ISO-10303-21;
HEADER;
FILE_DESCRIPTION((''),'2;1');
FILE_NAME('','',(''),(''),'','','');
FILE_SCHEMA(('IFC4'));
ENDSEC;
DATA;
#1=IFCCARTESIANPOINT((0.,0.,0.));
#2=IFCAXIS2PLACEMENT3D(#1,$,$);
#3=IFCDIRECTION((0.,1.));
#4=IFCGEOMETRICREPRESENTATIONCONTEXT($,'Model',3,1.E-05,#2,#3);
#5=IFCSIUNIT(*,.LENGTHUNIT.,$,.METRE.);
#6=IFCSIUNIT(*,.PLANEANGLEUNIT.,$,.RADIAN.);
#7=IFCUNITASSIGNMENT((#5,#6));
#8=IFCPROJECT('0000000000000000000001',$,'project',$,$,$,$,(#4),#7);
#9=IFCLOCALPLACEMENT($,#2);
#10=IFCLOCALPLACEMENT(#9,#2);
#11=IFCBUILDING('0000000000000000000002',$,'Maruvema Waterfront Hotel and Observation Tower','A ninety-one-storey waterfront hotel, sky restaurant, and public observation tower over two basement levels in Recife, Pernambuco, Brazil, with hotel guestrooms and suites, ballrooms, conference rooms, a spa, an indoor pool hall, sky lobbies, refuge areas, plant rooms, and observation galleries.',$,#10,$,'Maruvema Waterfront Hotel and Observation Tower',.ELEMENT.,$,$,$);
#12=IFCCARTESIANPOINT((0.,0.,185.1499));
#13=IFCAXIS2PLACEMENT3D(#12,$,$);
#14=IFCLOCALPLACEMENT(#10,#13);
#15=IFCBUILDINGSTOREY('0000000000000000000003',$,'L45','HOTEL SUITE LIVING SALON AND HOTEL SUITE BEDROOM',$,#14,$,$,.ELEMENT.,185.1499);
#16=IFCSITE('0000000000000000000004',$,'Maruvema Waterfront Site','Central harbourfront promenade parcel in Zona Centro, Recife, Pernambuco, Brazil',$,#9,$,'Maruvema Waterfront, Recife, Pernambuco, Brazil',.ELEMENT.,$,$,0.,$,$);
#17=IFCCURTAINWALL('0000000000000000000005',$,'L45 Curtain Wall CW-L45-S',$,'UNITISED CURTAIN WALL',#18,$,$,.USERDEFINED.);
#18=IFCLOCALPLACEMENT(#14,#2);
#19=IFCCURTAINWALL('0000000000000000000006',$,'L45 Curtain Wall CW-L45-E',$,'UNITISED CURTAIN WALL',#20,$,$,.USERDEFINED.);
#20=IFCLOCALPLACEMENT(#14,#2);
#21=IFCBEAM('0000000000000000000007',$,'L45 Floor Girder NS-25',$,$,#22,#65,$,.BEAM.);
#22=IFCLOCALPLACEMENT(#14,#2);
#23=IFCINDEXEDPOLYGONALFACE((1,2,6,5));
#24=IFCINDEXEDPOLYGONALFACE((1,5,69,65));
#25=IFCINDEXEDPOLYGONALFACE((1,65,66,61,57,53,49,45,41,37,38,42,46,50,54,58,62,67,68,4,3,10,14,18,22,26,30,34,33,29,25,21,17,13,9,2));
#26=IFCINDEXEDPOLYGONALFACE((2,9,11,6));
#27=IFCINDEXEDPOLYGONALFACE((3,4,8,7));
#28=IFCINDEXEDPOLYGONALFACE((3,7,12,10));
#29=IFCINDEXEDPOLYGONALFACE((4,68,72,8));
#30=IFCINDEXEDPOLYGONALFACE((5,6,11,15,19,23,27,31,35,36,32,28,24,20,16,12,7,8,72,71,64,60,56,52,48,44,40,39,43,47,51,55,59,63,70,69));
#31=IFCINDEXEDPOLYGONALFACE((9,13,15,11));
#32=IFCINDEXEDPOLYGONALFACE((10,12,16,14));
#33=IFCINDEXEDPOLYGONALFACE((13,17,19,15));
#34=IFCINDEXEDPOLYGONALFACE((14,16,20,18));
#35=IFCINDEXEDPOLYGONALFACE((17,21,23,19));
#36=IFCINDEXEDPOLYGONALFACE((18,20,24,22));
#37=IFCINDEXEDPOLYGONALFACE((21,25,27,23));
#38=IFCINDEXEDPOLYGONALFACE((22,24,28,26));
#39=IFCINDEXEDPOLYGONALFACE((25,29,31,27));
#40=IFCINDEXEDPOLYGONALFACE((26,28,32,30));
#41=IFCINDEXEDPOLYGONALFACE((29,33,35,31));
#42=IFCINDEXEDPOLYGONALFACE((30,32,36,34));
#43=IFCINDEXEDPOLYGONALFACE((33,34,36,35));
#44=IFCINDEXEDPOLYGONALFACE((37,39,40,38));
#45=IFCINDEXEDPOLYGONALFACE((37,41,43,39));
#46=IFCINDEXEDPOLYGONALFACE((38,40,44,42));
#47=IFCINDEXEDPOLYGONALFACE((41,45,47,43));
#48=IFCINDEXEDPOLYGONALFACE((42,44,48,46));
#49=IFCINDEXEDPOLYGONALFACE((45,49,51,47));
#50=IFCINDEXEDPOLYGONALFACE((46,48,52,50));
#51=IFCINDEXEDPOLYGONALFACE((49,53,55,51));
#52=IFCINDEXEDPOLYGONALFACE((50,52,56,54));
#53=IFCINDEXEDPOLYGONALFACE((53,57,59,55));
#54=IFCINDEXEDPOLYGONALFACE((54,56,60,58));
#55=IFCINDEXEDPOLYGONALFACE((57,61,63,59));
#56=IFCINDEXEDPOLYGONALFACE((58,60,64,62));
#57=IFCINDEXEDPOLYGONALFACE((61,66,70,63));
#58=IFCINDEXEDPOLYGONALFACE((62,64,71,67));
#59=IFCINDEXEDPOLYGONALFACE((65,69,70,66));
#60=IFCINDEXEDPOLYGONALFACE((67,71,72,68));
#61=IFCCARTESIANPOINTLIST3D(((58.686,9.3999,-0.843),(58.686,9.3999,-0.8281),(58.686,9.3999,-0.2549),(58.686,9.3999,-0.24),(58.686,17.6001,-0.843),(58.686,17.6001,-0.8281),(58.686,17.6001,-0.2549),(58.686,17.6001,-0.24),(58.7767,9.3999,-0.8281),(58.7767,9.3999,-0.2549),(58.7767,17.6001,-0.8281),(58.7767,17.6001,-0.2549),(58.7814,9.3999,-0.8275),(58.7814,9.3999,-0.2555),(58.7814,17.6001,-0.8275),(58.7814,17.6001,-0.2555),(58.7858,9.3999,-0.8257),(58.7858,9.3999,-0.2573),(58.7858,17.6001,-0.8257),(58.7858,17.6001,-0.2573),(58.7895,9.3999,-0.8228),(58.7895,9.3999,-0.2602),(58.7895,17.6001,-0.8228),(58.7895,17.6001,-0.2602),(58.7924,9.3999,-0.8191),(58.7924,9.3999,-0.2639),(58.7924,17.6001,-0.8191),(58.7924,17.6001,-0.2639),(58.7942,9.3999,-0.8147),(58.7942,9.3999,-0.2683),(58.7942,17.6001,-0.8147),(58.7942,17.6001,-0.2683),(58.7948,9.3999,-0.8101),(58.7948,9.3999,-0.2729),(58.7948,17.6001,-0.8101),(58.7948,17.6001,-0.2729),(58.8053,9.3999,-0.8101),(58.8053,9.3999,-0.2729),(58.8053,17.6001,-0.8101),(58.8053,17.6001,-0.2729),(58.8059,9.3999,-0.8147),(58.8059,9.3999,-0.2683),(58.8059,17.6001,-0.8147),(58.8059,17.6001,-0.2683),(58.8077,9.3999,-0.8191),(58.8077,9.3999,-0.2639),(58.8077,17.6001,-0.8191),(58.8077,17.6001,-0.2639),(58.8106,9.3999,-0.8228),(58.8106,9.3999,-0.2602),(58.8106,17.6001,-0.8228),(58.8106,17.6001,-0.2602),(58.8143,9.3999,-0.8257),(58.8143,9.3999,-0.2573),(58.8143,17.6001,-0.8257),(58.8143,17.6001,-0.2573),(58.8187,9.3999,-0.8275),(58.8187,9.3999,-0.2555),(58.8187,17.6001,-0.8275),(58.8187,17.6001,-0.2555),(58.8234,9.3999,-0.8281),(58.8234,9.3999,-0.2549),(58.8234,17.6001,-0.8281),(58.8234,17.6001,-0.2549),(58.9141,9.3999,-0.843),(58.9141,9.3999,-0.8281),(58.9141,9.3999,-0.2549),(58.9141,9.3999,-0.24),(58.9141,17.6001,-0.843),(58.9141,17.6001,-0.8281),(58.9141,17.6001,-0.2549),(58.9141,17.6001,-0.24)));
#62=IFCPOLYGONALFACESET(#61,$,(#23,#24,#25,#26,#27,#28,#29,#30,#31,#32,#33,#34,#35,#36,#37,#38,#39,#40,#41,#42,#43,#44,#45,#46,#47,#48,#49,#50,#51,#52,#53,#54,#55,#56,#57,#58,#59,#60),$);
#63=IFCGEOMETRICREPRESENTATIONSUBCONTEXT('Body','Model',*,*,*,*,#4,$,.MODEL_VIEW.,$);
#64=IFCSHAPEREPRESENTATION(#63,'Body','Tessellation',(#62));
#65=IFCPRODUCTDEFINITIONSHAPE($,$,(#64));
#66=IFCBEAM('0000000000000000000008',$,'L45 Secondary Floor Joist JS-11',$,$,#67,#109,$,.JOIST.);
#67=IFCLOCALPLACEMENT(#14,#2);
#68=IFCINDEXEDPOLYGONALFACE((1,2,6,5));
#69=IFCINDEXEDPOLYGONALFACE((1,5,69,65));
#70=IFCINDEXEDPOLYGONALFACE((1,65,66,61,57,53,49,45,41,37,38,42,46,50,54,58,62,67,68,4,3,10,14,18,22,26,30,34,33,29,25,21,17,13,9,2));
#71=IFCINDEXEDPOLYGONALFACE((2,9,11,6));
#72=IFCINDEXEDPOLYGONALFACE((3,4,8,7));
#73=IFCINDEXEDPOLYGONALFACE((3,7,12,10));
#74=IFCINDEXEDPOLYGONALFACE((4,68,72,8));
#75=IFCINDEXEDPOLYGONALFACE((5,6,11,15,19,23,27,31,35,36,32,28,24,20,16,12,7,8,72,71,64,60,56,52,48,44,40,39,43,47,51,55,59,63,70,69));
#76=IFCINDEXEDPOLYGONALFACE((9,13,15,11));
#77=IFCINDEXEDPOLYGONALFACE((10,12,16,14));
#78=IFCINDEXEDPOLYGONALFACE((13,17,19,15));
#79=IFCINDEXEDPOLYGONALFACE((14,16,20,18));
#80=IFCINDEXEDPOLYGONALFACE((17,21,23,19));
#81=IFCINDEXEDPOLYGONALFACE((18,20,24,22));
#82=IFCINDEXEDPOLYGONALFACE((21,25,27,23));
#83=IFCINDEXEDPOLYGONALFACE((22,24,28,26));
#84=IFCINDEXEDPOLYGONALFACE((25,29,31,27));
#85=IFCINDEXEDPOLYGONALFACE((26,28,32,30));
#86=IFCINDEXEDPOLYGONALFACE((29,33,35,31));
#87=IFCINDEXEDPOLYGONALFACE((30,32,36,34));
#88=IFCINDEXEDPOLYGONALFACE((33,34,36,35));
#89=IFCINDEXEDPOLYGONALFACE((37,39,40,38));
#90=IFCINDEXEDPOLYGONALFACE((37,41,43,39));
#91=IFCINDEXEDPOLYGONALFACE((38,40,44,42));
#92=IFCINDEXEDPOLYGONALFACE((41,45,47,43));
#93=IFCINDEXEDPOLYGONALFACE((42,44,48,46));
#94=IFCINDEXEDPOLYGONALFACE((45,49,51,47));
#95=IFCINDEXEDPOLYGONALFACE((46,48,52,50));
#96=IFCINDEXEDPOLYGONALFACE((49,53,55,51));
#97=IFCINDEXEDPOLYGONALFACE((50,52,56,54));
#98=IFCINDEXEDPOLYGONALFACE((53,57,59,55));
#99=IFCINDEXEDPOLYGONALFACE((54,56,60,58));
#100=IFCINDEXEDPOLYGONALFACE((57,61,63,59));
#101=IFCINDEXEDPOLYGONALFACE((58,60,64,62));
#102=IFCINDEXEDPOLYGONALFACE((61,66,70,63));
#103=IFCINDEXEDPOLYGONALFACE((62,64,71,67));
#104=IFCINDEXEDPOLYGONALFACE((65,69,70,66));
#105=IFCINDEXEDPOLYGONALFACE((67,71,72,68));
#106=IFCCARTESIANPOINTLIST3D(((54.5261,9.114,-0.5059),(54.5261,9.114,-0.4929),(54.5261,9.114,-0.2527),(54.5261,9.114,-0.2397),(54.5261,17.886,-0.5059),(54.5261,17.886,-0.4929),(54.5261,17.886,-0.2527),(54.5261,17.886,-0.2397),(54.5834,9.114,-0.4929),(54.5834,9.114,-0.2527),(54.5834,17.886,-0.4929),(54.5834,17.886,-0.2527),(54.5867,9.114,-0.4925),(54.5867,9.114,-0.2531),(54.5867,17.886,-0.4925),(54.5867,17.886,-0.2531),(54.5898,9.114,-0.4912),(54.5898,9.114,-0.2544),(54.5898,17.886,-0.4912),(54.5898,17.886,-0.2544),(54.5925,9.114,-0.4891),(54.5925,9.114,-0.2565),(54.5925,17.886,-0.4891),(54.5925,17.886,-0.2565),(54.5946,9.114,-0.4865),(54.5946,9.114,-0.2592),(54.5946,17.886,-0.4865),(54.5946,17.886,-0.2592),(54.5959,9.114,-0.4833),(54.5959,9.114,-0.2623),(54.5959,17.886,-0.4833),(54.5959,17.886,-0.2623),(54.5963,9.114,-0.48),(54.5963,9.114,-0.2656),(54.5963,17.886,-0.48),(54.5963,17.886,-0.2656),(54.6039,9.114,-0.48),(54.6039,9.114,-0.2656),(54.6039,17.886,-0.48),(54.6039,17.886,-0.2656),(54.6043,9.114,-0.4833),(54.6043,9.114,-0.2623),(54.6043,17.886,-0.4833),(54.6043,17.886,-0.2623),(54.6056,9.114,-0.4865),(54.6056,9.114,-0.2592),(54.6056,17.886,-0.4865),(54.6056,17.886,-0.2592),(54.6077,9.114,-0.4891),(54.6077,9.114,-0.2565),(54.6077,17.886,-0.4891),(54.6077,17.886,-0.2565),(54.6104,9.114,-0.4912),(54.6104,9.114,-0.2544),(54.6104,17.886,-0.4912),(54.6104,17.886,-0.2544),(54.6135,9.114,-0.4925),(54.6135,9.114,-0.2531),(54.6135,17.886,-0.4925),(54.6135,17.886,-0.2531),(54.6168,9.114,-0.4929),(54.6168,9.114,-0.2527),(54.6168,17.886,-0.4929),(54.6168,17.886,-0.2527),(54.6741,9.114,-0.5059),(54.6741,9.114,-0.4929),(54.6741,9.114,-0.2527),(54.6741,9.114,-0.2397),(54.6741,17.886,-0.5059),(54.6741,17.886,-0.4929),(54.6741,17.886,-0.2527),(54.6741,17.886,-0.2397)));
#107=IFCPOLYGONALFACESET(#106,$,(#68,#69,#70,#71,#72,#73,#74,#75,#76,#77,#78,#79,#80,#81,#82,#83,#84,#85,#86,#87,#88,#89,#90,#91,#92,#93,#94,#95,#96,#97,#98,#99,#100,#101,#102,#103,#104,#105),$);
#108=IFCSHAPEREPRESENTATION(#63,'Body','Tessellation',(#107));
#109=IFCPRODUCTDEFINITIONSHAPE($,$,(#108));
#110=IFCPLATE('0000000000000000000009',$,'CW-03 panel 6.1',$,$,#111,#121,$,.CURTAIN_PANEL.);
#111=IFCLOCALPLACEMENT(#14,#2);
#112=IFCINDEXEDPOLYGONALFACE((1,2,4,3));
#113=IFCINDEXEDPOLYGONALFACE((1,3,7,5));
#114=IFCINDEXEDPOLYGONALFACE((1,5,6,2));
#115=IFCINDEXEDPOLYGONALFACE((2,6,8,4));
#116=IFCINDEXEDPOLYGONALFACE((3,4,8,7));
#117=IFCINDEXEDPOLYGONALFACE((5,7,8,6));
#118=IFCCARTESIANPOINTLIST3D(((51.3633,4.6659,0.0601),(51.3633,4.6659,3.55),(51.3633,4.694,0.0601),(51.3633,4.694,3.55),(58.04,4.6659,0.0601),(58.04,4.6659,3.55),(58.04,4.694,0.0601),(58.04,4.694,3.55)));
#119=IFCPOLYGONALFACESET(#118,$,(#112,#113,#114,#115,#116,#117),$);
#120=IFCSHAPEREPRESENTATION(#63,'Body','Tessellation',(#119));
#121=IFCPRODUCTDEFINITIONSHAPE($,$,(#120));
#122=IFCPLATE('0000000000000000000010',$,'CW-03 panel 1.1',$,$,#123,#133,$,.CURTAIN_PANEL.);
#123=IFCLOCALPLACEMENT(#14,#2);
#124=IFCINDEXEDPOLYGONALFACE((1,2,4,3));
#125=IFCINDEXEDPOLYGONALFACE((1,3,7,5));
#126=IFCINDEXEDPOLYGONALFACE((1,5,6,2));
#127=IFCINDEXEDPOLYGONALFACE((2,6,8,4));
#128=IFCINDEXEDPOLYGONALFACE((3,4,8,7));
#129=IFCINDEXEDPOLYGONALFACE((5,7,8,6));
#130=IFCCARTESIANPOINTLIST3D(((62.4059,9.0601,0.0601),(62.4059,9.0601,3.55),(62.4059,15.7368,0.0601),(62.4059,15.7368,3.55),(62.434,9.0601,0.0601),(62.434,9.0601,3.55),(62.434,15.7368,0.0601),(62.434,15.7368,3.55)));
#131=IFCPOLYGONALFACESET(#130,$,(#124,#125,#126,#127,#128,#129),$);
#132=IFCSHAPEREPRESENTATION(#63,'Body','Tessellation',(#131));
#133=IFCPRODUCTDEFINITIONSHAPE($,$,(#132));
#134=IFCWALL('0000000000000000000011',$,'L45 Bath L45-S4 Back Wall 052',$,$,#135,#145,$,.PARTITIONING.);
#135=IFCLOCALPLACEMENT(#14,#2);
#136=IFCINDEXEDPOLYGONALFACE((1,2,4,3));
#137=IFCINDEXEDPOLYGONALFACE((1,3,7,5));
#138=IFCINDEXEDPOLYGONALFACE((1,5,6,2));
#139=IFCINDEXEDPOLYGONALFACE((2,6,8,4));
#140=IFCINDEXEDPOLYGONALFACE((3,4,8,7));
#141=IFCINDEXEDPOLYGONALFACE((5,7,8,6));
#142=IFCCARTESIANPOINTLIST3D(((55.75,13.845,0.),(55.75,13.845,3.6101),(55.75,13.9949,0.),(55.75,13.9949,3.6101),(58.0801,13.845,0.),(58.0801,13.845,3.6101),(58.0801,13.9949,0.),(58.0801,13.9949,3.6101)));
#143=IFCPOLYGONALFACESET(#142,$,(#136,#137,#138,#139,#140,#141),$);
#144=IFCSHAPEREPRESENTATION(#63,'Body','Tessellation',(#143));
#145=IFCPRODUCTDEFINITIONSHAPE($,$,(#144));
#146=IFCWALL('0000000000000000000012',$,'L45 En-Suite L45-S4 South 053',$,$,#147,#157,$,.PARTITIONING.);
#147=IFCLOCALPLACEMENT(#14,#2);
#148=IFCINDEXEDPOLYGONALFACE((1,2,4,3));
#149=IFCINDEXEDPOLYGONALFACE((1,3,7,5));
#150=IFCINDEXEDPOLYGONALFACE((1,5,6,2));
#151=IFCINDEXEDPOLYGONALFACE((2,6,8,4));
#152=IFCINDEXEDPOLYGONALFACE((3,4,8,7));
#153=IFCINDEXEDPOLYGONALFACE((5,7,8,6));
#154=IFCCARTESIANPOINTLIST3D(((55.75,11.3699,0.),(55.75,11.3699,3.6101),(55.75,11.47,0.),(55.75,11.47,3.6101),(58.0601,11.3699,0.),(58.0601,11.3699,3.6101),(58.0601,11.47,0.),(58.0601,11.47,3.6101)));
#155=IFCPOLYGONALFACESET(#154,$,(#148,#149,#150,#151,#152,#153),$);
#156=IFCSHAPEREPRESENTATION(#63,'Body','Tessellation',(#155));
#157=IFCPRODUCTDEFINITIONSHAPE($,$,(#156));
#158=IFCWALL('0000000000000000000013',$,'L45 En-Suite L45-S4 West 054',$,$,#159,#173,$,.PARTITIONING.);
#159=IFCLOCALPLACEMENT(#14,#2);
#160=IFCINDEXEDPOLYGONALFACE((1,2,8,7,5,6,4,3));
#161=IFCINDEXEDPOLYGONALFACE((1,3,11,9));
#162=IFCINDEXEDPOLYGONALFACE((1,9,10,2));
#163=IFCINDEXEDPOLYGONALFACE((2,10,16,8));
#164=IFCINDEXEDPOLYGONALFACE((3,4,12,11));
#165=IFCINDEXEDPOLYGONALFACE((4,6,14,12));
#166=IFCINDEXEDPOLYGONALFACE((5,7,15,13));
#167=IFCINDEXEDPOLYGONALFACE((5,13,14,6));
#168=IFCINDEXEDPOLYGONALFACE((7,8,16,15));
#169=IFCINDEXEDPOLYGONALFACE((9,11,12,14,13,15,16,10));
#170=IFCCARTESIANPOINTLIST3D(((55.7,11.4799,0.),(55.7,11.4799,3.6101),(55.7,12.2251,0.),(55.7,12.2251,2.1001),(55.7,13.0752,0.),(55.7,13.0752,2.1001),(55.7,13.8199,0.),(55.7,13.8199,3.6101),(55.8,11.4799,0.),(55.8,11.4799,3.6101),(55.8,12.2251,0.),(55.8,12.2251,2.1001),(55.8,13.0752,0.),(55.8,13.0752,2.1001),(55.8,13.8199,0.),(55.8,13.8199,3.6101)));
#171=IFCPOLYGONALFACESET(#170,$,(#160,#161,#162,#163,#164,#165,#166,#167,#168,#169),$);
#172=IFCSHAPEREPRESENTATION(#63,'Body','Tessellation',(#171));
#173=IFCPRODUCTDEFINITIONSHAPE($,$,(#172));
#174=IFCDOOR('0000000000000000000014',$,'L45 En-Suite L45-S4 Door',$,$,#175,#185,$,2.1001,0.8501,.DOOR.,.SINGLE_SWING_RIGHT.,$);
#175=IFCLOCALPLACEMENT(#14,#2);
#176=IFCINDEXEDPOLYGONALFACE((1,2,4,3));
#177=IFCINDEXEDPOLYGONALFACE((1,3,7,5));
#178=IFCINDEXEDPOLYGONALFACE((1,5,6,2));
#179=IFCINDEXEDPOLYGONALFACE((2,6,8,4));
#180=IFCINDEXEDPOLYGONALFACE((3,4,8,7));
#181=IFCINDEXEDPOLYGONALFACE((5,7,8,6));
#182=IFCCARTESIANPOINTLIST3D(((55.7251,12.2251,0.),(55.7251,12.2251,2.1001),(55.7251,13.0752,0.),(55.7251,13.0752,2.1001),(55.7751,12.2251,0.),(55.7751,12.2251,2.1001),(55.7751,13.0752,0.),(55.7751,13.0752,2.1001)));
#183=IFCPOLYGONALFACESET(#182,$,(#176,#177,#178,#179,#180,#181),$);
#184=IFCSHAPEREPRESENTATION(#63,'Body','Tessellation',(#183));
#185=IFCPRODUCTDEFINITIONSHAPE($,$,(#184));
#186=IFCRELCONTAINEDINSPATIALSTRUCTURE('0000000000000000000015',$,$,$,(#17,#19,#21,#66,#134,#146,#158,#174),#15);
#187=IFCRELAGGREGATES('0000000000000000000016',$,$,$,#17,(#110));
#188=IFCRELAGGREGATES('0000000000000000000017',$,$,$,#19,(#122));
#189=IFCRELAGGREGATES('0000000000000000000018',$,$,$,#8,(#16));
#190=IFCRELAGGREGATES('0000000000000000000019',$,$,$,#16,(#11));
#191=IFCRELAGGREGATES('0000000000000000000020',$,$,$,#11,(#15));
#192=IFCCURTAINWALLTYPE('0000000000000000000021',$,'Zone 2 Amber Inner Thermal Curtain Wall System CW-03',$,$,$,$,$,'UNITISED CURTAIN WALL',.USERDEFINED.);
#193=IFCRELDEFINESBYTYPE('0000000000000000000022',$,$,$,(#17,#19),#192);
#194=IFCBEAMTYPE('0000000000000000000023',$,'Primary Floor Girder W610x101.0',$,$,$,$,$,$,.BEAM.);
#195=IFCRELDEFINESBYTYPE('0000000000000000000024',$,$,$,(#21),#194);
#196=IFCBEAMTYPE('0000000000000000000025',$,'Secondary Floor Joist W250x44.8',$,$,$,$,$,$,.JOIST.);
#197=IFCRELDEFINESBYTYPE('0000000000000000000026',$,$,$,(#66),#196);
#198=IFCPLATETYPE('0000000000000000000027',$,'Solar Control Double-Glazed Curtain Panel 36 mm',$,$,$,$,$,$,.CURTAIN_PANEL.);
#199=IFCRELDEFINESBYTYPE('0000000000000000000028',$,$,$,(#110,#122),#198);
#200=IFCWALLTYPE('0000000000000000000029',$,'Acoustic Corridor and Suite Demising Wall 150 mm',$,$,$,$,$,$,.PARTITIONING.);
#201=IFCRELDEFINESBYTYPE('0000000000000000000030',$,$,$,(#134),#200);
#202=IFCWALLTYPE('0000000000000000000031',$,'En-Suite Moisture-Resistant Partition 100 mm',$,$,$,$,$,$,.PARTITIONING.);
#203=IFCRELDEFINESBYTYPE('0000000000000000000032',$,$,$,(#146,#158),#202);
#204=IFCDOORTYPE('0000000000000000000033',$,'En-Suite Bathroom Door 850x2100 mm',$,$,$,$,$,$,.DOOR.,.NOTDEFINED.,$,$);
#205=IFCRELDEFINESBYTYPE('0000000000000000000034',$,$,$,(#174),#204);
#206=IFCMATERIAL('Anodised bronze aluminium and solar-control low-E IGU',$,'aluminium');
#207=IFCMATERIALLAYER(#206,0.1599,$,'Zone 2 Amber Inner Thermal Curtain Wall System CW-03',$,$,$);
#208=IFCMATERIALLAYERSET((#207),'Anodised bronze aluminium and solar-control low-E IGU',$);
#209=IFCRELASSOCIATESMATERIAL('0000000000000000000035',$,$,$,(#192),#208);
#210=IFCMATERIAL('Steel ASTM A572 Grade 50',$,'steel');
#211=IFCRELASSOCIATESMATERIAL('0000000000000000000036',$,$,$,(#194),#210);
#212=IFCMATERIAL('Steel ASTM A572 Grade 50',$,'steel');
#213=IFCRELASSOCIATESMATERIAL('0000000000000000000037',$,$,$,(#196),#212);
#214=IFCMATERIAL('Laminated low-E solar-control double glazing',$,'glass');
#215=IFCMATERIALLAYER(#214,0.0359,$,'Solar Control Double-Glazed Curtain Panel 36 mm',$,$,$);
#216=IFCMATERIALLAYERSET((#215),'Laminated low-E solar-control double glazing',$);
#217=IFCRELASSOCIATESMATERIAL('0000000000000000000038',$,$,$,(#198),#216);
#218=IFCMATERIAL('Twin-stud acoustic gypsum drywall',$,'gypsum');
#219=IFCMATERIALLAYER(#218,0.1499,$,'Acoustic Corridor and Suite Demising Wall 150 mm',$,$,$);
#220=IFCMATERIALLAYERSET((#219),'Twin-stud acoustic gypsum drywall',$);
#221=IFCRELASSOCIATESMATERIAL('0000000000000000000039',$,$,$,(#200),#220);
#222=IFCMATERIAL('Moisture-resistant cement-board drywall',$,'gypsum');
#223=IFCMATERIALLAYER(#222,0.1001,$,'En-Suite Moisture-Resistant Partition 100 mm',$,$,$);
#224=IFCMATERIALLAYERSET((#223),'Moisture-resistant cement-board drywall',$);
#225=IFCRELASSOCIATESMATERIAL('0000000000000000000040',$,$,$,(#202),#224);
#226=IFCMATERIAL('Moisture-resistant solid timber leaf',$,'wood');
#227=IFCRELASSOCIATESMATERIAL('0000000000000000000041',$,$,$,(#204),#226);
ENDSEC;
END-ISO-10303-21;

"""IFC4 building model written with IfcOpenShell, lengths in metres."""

from ifc_helpers import new_model, si_unit, direction, frame, frame_2d, origin, origin_2d, place, context, subcontext, project, spatial, rectangle, i_section, extrude, material, layer, layer_set, material_profile, profile_set, type_object, element, fill, aggregate, save


model = new_model("IFC4")

# Units and contexts
model_context = context("Model", 3, precision=1e-05, world=origin(), true_north=direction((0.0, 1.0)))
body_context = subcontext(model_context, "Body", "Model", "MODEL_VIEW")
ifc_project = project(units=[si_unit("LENGTHUNIT", "METRE"), si_unit("PLANEANGLEUNIT", "RADIAN")], contexts=[model_context])

# Site, building, storey
site_placement = place(None, origin())
site = spatial("IfcSite", under=ifc_project, at=site_placement, Name="Maruvema Waterfront Site", Description="Central harbourfront promenade parcel in Zona Centro, Recife, Pernambuco, Brazil", LongName="Maruvema Waterfront, Recife, Pernambuco, Brazil", CompositionType="ELEMENT", RefElevation=0.0)
building_placement = place(site_placement, origin())
building = spatial("IfcBuilding", under=site, at=building_placement, Name="Maruvema Waterfront Hotel and Observation Tower", Description="A ninety-one-storey waterfront hotel, sky restaurant, and public observation tower over two basement levels in Recife, Pernambuco, Brazil, with hotel guestrooms and suites, ballrooms, conference rooms, a spa, an indoor pool hall, sky lobbies, refuge areas, plant rooms, and observation galleries.", LongName="Maruvema Waterfront Hotel and Observation Tower", CompositionType="ELEMENT")
storey_placement = place(building_placement, frame((0.0, 0.0, 185.1499)))
storey = spatial("IfcBuildingStorey", under=building, at=storey_placement, Name="L45", Description="HOTEL SUITE LIVING SALON AND HOTEL SUITE BEDROOM", CompositionType="ELEMENT", Elevation=185.1499)

# Curtain walls
ifc_material_1 = material(Name="Anodised bronze aluminium and solar-control low-E IGU", Category="aluminium")
ifc_layer_1 = layer(ifc_material_1, 0.1599, Name="Zone 2 Amber Inner Thermal Curtain Wall System CW-03")
ifc_layer_set_1 = layer_set([ifc_layer_1], Name="Anodised bronze aluminium and solar-control low-E IGU")
curtain_wall_type = type_object("IfcCurtainWallType", Name="Zone 2 Amber Inner Thermal Curtain Wall System CW-03", ElementType="UNITISED CURTAIN WALL", PredefinedType="USERDEFINED", material=ifc_layer_set_1)
curtain_wall_1_placement = place(storey_placement, origin())
curtain_wall_1 = element("IfcCurtainWall", 1, at=curtain_wall_1_placement, inside=storey, type_object=curtain_wall_type, Name="L45 Curtain Wall CW-L45-S", ObjectType="UNITISED CURTAIN WALL", PredefinedType="USERDEFINED")
curtain_wall_2_placement = place(storey_placement, origin())
curtain_wall_2 = element("IfcCurtainWall", 2, at=curtain_wall_2_placement, inside=storey, type_object=curtain_wall_type, Name="L45 Curtain Wall CW-L45-E", ObjectType="UNITISED CURTAIN WALL", PredefinedType="USERDEFINED")

# Beams
ifc_material_2 = material(Name="Steel ASTM A572 Grade 50", Category="steel")
ifc_material_profile_1 = material_profile(ifc_material_2, i_section(OverallWidth=0.228, OverallDepth=0.603, WebThickness=0.0105, FlangeThickness=0.0149, FilletRadius=0.0181, at=origin_2d()), Name="W610x101.0")
ifc_profile_set_1 = profile_set([ifc_material_profile_1], Name="Steel ASTM A572 Grade 50")
beam_type_1 = type_object("IfcBeamType", Name="Primary Floor Girder W610x101.0", PredefinedType="BEAM", material=ifc_profile_set_1)
beam_1_placement = place(storey_placement, frame((58.8, 9.3999, -0.5415), z_axis=(0.0, 1.0, 0.0), x_axis=(-1.0, 0.0, 0.0)))
element("IfcBeam", 3, at=beam_1_placement, inside=storey, type_object=beam_type_1, Name="L45 Floor Girder NS-25", PredefinedType="BEAM", context=body_context, shape_type="SweptSolid", body=[
    extrude(i_section(OverallWidth=0.228, OverallDepth=0.603, WebThickness=0.0105, FlangeThickness=0.0149, FilletRadius=0.0181, at=origin_2d()), origin(), (0.0, 0.0, 1.0), 8.2002),
])
ifc_material_3 = material(Name="Steel ASTM A572 Grade 50", Category="steel")
ifc_material_profile_2 = material_profile(ifc_material_3, i_section(OverallWidth=0.1479, OverallDepth=0.2661, WebThickness=0.0076, FlangeThickness=0.0129, FilletRadius=0.0129, at=origin_2d()), Name="W250x44.8")
ifc_profile_set_2 = profile_set([ifc_material_profile_2], Name="Steel ASTM A572 Grade 50")
beam_type_2 = type_object("IfcBeamType", Name="Secondary Floor Joist W250x44.8", PredefinedType="JOIST", material=ifc_profile_set_2)
beam_2_placement = place(storey_placement, frame((54.6001, 9.114, -0.3728), z_axis=(0.0, 1.0, 0.0), x_axis=(-1.0, 0.0, 0.0)))
element("IfcBeam", 4, at=beam_2_placement, inside=storey, type_object=beam_type_2, Name="L45 Secondary Floor Joist JS-11", PredefinedType="JOIST", context=body_context, shape_type="SweptSolid", body=[
    extrude(i_section(OverallWidth=0.1479, OverallDepth=0.2661, WebThickness=0.0076, FlangeThickness=0.0129, FilletRadius=0.0129, at=origin_2d()), origin(), (0.0, 0.0, 1.0), 8.772),
])

# Plates
ifc_material_4 = material(Name="Laminated low-E solar-control double glazing", Category="glass")
ifc_layer_2 = layer(ifc_material_4, 0.0359, Name="Solar Control Double-Glazed Curtain Panel 36 mm")
ifc_layer_set_2 = layer_set([ifc_layer_2], Name="Laminated low-E solar-control double glazing")
plate_type = type_object("IfcPlateType", Name="Solar Control Double-Glazed Curtain Panel 36 mm", PredefinedType="CURTAIN_PANEL", material=ifc_layer_set_2)
plate_1_placement = place(storey_placement, frame((54.7017, 4.6799, 0.0601), z_axis=(0.0, 0.0, 1.0), x_axis=(1.0, 0.0, 0.0)))
plate_1 = element("IfcPlate", 5, at=plate_1_placement, type_object=plate_type, Name="CW-03 panel 6.1", PredefinedType="CURTAIN_PANEL", context=body_context, shape_type="SweptSolid", body=[
    extrude(rectangle(XDim=6.6768, YDim=0.0281, at=origin_2d()), origin(), (0.0, 0.0, 1.0), 3.49),
])
aggregate(curtain_wall_1, [plate_1])
plate_2_placement = place(storey_placement, frame((62.4199, 12.3984, 0.0601), z_axis=(0.0, 0.0, 1.0), x_axis=(0.0, 1.0, 0.0)))
plate_2 = element("IfcPlate", 6, at=plate_2_placement, type_object=plate_type, Name="CW-03 panel 1.1", PredefinedType="CURTAIN_PANEL", context=body_context, shape_type="SweptSolid", body=[
    extrude(rectangle(XDim=6.6768, YDim=0.0281, at=origin_2d()), origin(), (0.0, 0.0, 1.0), 3.49),
])
aggregate(curtain_wall_2, [plate_2])

# Wall
ifc_material_5 = material(Name="Twin-stud acoustic gypsum drywall", Category="gypsum")
ifc_layer_3 = layer(ifc_material_5, 0.1499, Name="Acoustic Corridor and Suite Demising Wall 150 mm")
ifc_layer_set_3 = layer_set([ifc_layer_3], Name="Twin-stud acoustic gypsum drywall")
wall_type_1 = type_object("IfcWallType", Name="Acoustic Corridor and Suite Demising Wall 150 mm", PredefinedType="PARTITIONING", material=ifc_layer_set_3)
wall_1_placement = place(storey_placement, frame((55.75, 13.9199, 0.0), z_axis=(0.0, 0.0, 1.0), x_axis=(1.0, 0.0, 0.0)))
element("IfcWall", 7, at=wall_1_placement, inside=storey, type_object=wall_type_1, Name="L45 Bath L45-S4 Back Wall 052", PredefinedType="PARTITIONING", context=body_context, shape_type="SweptSolid", body=[
    extrude(rectangle(XDim=2.3301, YDim=0.1499, at=frame_2d((1.165, 0.0))), origin(), (0.0, 0.0, 1.0), 3.6101),
])

# Wall
ifc_material_6 = material(Name="Moisture-resistant cement-board drywall", Category="gypsum")
ifc_layer_4 = layer(ifc_material_6, 0.1001, Name="En-Suite Moisture-Resistant Partition 100 mm")
ifc_layer_set_4 = layer_set([ifc_layer_4], Name="Moisture-resistant cement-board drywall")
wall_type_2 = type_object("IfcWallType", Name="En-Suite Moisture-Resistant Partition 100 mm", PredefinedType="PARTITIONING", material=ifc_layer_set_4)
wall_2_placement = place(storey_placement, frame((55.75, 11.4199, 0.0), z_axis=(0.0, 0.0, 1.0), x_axis=(1.0, 0.0, 0.0)))
element("IfcWall", 8, at=wall_2_placement, inside=storey, type_object=wall_type_2, Name="L45 En-Suite L45-S4 South 053", PredefinedType="PARTITIONING", context=body_context, shape_type="SweptSolid", body=[
    extrude(rectangle(XDim=2.3101, YDim=0.1001, at=frame_2d((1.155, 0.0))), origin(), (0.0, 0.0, 1.0), 3.6101),
])

# Wall, opening, door
wall_3_placement = place(storey_placement, frame((55.75, 11.48, 0.0), z_axis=(0.0, 0.0, 1.0), x_axis=(0.0, 1.0, 0.0)))
wall_3 = element("IfcWall", 9, at=wall_3_placement, inside=storey, type_object=wall_type_2, Name="L45 En-Suite L45-S4 West 054", PredefinedType="PARTITIONING", context=body_context, shape_type="SweptSolid", body=[
    extrude(rectangle(XDim=2.3401, YDim=0.1001, at=frame_2d((1.1699, 0.0))), origin(), (0.0, 0.0, 1.0), 3.6101),
])
opening_1_placement = place(wall_3_placement, frame((0.7451, 0.0, 0.0)))
opening_1 = element("IfcOpeningElement", 10, at=opening_1_placement, cuts=wall_3, PredefinedType="OPENING", context=body_context, shape_type="SweptSolid", body=[
    extrude(rectangle(XDim=0.8501, YDim=2.1001, at=frame_2d((0.425, 1.05))), frame((0.0, 0.0601, 0.0), z_axis=(0.0, -1.0, 0.0), x_axis=(1.0, 0.0, 0.0)), (0.0, 0.0, 1.0), 0.1201),
])
ifc_material_7 = material(Name="Moisture-resistant solid timber leaf", Category="wood")
door_type_1 = type_object("IfcDoorType", Name="En-Suite Bathroom Door 850x2100 mm", OperationType="NOTDEFINED", PredefinedType="DOOR", material=ifc_material_7)
door_1_placement = place(opening_1_placement, origin())
door_1 = element("IfcDoor", 11, at=door_1_placement, inside=storey, type_object=door_type_1, Name="L45 En-Suite L45-S4 Door", OperationType="SINGLE_SWING_RIGHT", OverallHeight=2.1001, OverallWidth=0.8501, PredefinedType="DOOR", context=body_context, shape_type="SweptSolid", body=[
    extrude(rectangle(XDim=0.8501, YDim=2.1001, at=frame_2d((0.425, 1.05))), frame((0.0, 0.0249, 0.0), z_axis=(0.0, -1.0, 0.0), x_axis=(1.0, 0.0, 0.0)), (0.0, 0.0, 1.0), 0.05),
])
fill(opening_1, door_1)

save(model, "model.ifc")
